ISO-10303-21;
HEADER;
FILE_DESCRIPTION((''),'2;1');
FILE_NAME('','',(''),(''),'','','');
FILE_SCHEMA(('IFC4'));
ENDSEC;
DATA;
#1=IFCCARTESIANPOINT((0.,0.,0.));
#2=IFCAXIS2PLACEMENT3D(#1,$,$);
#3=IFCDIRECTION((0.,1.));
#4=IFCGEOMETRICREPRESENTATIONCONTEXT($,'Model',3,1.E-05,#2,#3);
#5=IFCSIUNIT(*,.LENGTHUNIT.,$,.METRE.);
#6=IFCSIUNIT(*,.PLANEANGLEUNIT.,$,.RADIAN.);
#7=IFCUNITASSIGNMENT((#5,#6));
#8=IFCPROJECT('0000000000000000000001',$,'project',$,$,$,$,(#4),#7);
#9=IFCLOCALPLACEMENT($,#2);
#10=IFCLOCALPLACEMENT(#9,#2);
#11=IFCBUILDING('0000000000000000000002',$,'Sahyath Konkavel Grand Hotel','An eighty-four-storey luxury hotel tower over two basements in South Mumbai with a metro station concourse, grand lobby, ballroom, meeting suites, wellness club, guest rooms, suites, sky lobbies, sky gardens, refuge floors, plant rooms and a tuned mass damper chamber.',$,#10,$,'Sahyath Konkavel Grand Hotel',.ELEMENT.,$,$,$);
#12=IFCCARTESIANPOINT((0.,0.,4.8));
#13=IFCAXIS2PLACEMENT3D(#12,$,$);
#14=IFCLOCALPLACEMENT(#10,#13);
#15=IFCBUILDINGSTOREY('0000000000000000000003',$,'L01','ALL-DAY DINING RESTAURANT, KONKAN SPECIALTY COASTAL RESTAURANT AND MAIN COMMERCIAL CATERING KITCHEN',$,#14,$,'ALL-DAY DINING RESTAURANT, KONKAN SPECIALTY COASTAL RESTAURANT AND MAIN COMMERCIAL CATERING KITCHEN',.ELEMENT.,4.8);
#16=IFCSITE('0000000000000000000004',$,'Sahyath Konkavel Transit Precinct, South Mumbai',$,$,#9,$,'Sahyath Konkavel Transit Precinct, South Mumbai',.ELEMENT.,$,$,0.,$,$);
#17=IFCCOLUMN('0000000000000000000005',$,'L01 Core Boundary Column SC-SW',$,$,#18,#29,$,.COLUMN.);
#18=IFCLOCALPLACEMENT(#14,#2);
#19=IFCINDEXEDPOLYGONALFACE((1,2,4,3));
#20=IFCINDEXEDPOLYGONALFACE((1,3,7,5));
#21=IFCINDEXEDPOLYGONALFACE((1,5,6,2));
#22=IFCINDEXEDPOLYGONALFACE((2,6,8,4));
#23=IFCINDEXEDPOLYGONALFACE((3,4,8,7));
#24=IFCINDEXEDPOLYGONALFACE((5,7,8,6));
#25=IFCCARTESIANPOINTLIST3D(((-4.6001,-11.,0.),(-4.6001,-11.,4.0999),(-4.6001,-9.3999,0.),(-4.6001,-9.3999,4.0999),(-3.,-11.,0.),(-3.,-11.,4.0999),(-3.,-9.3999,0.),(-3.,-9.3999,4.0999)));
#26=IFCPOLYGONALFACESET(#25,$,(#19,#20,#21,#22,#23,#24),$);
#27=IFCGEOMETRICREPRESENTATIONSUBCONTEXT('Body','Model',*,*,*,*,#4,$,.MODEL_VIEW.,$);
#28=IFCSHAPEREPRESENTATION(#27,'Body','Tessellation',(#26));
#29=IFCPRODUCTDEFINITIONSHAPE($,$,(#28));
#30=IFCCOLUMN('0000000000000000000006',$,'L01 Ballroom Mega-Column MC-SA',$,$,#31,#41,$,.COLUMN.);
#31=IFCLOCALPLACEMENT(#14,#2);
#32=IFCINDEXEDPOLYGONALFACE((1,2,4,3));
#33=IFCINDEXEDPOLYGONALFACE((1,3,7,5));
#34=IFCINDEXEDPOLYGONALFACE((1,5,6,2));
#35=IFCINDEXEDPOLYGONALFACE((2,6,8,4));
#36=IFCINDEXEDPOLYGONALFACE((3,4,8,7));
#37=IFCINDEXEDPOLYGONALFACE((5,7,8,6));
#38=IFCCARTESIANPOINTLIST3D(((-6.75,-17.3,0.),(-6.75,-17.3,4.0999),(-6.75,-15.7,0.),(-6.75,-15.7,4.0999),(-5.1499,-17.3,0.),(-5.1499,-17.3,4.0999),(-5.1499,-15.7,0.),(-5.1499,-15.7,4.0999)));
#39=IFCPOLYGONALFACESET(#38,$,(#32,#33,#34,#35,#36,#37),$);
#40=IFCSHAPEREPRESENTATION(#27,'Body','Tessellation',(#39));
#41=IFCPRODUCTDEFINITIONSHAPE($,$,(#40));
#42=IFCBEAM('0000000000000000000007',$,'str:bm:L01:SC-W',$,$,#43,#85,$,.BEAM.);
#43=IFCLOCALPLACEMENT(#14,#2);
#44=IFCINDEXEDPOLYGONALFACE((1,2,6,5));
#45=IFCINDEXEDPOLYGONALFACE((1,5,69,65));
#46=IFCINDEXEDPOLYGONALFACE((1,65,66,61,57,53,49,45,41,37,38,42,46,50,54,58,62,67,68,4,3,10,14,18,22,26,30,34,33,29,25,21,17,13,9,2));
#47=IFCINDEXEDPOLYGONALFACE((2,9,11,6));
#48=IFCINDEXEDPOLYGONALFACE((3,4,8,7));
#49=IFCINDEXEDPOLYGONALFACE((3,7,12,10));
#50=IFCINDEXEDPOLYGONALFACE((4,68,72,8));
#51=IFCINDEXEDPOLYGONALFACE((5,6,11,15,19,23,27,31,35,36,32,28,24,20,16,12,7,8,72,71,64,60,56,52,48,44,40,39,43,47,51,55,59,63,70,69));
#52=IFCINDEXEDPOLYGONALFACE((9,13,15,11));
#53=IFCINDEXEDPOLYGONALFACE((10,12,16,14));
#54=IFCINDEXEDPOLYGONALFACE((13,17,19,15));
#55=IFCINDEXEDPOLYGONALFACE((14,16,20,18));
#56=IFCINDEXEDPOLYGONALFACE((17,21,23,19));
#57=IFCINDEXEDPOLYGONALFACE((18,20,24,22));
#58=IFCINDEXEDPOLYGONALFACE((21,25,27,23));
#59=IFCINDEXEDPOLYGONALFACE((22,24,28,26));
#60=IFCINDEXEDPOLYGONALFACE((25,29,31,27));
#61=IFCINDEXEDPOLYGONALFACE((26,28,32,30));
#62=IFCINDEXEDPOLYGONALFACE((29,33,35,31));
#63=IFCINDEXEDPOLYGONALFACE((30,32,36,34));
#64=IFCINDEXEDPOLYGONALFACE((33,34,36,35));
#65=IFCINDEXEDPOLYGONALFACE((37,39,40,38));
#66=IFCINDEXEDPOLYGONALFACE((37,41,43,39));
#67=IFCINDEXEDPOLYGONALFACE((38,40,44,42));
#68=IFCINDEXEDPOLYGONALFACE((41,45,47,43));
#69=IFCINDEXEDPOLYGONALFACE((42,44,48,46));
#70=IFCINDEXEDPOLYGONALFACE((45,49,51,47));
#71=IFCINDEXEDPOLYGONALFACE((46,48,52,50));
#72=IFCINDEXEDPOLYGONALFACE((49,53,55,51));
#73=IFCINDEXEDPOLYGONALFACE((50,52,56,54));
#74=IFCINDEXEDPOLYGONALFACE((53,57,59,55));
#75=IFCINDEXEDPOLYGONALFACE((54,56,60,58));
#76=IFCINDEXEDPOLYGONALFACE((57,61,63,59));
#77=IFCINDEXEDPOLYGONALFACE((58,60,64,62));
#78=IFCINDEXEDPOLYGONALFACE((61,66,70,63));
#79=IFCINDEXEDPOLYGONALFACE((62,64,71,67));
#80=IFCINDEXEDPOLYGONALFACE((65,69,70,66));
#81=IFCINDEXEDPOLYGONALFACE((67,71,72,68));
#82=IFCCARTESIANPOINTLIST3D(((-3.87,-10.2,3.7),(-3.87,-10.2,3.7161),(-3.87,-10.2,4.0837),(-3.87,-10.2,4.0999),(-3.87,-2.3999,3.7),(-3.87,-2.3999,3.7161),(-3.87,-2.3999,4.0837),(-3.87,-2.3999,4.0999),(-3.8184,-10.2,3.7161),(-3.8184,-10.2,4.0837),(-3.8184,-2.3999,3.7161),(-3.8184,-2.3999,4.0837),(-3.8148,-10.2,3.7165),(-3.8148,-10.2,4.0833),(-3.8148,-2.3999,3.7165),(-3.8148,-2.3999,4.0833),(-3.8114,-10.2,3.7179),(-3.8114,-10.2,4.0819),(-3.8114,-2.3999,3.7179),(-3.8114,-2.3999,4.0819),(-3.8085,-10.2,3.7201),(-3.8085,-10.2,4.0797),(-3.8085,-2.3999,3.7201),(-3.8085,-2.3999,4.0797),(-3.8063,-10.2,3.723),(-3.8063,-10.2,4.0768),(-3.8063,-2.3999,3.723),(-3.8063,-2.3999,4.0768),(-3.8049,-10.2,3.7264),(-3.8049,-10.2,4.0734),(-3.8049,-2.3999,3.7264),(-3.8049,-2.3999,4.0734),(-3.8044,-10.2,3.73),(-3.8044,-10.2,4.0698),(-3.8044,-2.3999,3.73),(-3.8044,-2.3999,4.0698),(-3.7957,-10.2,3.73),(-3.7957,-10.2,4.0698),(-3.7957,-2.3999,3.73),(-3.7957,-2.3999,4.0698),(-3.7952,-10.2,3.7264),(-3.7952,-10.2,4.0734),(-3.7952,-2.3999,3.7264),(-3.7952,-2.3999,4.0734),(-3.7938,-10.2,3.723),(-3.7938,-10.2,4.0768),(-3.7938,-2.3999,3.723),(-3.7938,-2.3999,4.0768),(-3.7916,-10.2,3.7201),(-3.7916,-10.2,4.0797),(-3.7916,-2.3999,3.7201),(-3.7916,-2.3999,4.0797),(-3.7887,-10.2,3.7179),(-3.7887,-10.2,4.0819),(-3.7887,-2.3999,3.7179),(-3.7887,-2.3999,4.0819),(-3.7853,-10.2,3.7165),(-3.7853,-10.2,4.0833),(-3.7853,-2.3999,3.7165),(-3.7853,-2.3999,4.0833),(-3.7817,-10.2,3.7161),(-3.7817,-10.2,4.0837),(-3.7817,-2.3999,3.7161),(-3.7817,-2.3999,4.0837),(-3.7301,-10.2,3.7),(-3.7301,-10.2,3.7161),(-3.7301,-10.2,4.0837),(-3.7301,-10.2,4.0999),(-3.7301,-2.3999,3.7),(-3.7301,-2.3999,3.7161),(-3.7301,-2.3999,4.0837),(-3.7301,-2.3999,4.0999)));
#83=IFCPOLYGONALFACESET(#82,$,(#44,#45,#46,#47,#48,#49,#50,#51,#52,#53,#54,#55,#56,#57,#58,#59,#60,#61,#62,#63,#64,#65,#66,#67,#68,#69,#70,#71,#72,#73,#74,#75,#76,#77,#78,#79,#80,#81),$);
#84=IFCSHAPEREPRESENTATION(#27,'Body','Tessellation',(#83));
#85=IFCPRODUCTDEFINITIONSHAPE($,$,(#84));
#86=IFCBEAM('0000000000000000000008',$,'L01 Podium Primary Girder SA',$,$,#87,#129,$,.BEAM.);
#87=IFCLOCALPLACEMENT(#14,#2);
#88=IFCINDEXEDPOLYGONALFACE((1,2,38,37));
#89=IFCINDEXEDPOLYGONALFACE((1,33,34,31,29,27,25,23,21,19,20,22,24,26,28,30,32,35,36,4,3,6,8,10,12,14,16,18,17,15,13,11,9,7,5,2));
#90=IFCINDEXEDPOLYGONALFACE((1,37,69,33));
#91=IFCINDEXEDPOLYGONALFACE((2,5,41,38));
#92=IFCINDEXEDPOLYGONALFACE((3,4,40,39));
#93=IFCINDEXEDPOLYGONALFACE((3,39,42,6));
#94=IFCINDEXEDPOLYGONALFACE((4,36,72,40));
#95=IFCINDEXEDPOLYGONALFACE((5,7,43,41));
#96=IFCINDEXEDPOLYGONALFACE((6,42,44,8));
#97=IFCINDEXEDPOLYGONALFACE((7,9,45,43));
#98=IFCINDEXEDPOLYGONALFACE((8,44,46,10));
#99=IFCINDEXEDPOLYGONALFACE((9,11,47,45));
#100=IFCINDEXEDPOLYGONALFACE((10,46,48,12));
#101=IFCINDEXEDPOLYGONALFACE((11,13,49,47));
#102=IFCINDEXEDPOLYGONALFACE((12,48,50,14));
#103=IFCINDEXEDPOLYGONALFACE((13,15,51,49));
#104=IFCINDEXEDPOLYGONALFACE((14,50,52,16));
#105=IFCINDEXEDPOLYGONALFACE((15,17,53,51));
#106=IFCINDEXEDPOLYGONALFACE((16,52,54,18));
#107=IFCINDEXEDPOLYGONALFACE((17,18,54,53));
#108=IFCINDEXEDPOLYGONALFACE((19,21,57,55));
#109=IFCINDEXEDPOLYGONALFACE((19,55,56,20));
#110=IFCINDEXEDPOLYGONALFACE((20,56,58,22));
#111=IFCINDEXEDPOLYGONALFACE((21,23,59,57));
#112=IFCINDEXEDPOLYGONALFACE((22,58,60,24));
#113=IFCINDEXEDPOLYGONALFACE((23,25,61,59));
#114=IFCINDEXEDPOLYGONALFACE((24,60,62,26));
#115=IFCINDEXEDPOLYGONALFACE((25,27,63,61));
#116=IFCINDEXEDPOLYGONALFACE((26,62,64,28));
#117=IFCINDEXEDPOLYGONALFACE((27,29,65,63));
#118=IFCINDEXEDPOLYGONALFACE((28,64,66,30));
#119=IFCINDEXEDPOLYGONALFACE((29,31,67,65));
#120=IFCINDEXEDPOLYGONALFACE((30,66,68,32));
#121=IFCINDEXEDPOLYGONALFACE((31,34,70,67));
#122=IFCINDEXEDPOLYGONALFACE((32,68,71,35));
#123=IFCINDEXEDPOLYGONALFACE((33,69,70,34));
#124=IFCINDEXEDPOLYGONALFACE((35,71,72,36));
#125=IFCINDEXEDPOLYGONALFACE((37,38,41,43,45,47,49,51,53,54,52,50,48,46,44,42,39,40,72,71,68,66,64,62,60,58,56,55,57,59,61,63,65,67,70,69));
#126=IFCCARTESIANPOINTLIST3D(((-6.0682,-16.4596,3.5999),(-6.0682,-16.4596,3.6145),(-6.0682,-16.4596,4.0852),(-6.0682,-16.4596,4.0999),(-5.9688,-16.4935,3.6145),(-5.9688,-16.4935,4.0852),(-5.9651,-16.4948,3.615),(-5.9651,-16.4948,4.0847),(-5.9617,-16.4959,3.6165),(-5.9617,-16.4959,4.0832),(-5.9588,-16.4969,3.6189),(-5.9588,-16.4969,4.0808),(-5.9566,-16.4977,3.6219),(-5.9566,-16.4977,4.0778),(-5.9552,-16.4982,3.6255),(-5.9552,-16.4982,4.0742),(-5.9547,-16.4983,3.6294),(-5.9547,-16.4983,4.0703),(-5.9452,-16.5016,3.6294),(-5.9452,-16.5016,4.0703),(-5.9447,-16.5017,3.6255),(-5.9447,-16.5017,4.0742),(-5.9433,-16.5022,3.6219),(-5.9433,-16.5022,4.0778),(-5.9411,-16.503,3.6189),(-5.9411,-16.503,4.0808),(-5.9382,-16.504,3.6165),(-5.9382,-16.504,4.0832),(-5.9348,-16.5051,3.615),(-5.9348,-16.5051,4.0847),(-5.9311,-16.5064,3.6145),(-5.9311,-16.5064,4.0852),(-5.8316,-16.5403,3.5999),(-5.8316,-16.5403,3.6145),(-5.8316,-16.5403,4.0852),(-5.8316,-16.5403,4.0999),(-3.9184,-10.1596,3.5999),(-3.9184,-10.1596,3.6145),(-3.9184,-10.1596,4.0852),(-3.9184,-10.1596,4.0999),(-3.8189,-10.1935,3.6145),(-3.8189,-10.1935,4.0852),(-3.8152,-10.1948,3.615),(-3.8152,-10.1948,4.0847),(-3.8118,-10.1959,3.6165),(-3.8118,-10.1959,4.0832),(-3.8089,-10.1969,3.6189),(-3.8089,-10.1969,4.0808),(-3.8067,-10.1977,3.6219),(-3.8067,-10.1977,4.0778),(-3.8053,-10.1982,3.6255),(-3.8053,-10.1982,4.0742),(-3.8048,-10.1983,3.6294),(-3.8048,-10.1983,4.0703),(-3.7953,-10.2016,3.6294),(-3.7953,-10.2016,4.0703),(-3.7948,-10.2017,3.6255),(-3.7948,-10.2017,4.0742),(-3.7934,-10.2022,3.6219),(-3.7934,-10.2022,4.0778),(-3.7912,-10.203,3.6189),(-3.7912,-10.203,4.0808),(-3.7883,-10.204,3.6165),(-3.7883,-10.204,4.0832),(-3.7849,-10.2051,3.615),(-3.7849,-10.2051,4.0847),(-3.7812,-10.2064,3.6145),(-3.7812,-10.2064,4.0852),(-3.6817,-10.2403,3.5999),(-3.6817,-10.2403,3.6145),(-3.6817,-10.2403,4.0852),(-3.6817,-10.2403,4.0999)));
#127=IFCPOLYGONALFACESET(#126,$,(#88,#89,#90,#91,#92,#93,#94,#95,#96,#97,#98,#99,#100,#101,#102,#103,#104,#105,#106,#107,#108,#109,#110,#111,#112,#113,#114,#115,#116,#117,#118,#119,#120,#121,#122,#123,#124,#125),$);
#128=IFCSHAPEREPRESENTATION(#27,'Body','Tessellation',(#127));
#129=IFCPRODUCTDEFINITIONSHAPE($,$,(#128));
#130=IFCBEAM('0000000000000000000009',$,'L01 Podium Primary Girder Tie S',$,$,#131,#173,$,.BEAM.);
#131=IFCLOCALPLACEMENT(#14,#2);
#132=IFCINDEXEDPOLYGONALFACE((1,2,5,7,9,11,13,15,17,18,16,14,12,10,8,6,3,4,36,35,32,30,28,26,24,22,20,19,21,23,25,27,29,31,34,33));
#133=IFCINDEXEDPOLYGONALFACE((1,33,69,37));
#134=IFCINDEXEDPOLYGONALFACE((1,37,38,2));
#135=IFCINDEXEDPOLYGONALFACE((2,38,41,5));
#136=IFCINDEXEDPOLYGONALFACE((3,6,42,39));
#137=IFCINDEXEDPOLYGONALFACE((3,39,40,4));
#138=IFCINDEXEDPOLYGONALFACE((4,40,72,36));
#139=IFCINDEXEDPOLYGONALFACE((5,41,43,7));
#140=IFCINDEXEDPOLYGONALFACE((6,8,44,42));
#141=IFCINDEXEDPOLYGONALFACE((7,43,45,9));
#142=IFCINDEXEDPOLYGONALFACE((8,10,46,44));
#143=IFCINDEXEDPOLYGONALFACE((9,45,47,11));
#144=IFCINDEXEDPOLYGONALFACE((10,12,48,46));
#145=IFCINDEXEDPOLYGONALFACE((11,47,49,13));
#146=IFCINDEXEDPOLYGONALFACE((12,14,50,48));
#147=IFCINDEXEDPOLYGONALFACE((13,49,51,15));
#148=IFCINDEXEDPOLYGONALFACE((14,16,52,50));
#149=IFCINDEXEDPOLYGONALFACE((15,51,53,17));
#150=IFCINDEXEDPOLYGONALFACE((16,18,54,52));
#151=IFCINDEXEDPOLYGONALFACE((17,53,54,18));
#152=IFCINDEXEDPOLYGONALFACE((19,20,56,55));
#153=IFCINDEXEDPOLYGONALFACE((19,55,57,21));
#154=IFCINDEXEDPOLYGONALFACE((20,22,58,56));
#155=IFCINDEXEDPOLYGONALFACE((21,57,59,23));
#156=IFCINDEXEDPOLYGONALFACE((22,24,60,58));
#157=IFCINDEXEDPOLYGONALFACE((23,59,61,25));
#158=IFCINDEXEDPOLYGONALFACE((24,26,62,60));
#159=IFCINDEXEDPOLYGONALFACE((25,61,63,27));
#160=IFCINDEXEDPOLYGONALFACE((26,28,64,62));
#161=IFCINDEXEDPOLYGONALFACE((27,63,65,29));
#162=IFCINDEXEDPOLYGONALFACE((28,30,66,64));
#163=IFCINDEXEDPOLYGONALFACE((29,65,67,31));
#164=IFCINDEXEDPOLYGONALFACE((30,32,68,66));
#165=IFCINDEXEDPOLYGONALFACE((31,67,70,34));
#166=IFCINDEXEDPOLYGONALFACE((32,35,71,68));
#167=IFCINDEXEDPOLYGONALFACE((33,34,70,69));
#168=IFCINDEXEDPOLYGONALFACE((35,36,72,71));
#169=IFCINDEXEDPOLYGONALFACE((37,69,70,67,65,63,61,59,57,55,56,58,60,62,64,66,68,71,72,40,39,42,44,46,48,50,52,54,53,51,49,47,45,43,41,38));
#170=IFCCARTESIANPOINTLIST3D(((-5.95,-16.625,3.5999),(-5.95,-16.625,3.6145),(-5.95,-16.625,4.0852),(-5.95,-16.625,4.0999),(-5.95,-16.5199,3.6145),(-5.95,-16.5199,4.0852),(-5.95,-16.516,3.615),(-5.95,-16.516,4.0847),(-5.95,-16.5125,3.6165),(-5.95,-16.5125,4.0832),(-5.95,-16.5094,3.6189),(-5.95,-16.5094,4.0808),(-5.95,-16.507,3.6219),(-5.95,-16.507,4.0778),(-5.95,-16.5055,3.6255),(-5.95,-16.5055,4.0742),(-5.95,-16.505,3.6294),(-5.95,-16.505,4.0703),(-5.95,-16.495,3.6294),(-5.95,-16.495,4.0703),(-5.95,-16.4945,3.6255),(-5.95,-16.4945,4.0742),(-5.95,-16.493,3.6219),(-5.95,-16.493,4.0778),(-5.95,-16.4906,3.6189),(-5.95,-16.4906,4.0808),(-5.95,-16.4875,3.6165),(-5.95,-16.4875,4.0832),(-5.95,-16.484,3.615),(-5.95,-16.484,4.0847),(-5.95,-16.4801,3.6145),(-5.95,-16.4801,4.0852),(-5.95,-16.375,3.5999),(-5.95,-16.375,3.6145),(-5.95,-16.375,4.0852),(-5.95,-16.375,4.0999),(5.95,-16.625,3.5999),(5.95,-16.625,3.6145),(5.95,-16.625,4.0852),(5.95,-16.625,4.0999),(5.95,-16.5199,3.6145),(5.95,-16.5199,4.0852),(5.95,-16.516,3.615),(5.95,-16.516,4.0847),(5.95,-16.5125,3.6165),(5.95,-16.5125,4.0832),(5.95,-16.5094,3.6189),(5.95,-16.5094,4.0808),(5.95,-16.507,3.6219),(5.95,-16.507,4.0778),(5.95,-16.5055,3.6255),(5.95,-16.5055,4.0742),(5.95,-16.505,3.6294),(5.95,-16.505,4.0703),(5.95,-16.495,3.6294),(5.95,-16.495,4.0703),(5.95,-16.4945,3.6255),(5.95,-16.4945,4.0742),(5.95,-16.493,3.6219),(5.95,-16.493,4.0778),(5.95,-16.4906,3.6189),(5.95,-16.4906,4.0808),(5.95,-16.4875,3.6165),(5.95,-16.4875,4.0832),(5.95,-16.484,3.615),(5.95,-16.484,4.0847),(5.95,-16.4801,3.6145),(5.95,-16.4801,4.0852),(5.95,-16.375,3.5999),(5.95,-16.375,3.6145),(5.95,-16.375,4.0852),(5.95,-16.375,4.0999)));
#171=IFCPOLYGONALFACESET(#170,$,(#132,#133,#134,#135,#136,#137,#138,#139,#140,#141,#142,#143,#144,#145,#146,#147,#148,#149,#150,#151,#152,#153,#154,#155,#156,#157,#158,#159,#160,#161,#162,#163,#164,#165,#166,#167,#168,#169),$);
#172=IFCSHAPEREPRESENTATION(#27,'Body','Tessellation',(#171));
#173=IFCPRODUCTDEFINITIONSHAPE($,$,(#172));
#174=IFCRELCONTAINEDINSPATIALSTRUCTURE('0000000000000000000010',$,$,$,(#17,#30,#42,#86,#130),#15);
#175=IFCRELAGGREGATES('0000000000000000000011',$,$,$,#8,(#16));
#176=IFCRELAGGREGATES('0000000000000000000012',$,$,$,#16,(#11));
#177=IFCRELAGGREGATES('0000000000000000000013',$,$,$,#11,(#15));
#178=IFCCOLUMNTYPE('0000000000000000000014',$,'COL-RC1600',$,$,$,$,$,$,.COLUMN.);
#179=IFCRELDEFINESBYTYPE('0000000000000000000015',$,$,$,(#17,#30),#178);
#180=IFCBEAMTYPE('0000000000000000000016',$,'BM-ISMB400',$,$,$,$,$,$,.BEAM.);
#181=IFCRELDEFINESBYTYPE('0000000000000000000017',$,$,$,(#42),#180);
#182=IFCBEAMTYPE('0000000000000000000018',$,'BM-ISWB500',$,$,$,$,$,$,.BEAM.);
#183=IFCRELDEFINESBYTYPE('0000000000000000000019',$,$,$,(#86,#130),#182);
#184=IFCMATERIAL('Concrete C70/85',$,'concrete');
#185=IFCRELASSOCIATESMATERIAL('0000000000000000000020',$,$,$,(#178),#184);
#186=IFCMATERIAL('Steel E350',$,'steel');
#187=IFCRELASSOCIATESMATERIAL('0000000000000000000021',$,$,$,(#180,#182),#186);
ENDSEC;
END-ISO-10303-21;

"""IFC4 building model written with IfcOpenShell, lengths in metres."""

from ifc_helpers import new_model, si_unit, direction, frame, origin, origin_2d, place, context, subcontext, project, spatial, rectangle, i_section, extrude, source, transform, mapped, material, material_profile, profile_set, type_object, element, save


model = new_model("IFC4")

# Units and contexts
model_context = context("Model", 3, precision=1e-05, world=origin(), true_north=direction((0.0, 1.0)))
body_context = subcontext(model_context, "Body", "Model", "MODEL_VIEW")
ifc_project = project(units=[si_unit("LENGTHUNIT", "METRE"), si_unit("PLANEANGLEUNIT", "RADIAN")], contexts=[model_context])

# Site, building, storey
site_placement = place(None, origin())
site = spatial("IfcSite", under=ifc_project, at=site_placement, Name="Sahyath Konkavel Transit Precinct, South Mumbai", LongName="Sahyath Konkavel Transit Precinct, South Mumbai", CompositionType="ELEMENT", RefElevation=0.0)
building_placement = place(site_placement, origin())
building = spatial("IfcBuilding", under=site, at=building_placement, Name="Sahyath Konkavel Grand Hotel", Description="An eighty-four-storey luxury hotel tower over two basements in South Mumbai with a metro station concourse, grand lobby, ballroom, meeting suites, wellness club, guest rooms, suites, sky lobbies, sky gardens, refuge floors, plant rooms and a tuned mass damper chamber.", LongName="Sahyath Konkavel Grand Hotel", CompositionType="ELEMENT")
storey_placement = place(building_placement, frame((0.0, 0.0, 4.8)))
storey = spatial("IfcBuildingStorey", under=building, at=storey_placement, Name="L01", Description="ALL-DAY DINING RESTAURANT, KONKAN SPECIALTY COASTAL RESTAURANT AND MAIN COMMERCIAL CATERING KITCHEN", LongName="ALL-DAY DINING RESTAURANT, KONKAN SPECIALTY COASTAL RESTAURANT AND MAIN COMMERCIAL CATERING KITCHEN", CompositionType="ELEMENT", Elevation=4.8)

# Columns
ifc_material_1 = material(Name="Concrete C70/85", Category="concrete")
ifc_material_profile_1 = material_profile(ifc_material_1, rectangle(XDim=1.6001, YDim=1.6001, at=origin_2d()), Name="RC 1600x1600")
ifc_profile_set_1 = profile_set([ifc_material_profile_1], Name="Concrete C70/85")
column_type = type_object("IfcColumnType", Name="COL-RC1600", PredefinedType="COLUMN", material=ifc_profile_set_1)
shared_shape_1 = source(origin(), body_context, "Body", "SweptSolid", [
    extrude(rectangle(XDim=1.6001, YDim=1.6001, at=origin_2d()), origin(), (0.0, 0.0, 1.0), 4.0999),
])
for number, where, z_axis, x_axis, name in (
    (1, (-3.8, -10.2, 0.0), (0.0, 0.0, 1.0), (1.0, 0.0, 0.0), "L01 Core Boundary Column SC-SW"),
    (2, (-5.95, -16.5, 0.0), (0.0, 0.0, 1.0), (1.0, 0.0, 0.0), "L01 Ballroom Mega-Column MC-SA"),
):
    element("IfcColumn", number, at=place(storey_placement, frame(where, z_axis=z_axis, x_axis=x_axis)), inside=storey, type_object=column_type, Name=name, PredefinedType="COLUMN", context=body_context, shape_type="MappedRepresentation", body=[
        mapped(shared_shape_1, transform((0.0, 0.0, 0.0), scale=1.0)),
    ])

# Beams
ifc_material_2 = material(Name="Steel E350", Category="steel")
ifc_material_profile_2 = material_profile(ifc_material_2, i_section(OverallWidth=0.1399, OverallDepth=0.3999, WebThickness=0.0088, FlangeThickness=0.0161, FilletRadius=0.0139, at=origin_2d()), Name="ISMB 400")
ifc_profile_set_2 = profile_set([ifc_material_profile_2], Name="Steel E350")
beam_type_1 = type_object("IfcBeamType", Name="BM-ISMB400", PredefinedType="BEAM", material=ifc_profile_set_2)
shared_shape_2 = source(origin(), body_context, "Body", "SweptSolid", [
    extrude(i_section(OverallWidth=0.1399, OverallDepth=0.3999, WebThickness=0.0088, FlangeThickness=0.0161, FilletRadius=0.0139, at=origin_2d()), origin(), (0.0, 0.0, 1.0), 7.8),
])
beam_1_placement = place(storey_placement, frame((-3.8, -10.2, 3.8999), z_axis=(0.0, 1.0, 0.0), x_axis=(-1.0, 0.0, 0.0)))
element("IfcBeam", 3, at=beam_1_placement, inside=storey, type_object=beam_type_1, Name="str:bm:L01:SC-W", PredefinedType="BEAM", context=body_context, shape_type="MappedRepresentation", body=[
    mapped(shared_shape_2, transform((0.0, 0.0, 0.0), scale=1.0)),
])
ifc_material_profile_3 = material_profile(ifc_material_2, i_section(OverallWidth=0.25, OverallDepth=0.5, WebThickness=0.01, FlangeThickness=0.0146, FilletRadius=0.0149, at=origin_2d()), Name="ISWB 500")
ifc_profile_set_3 = profile_set([ifc_material_profile_3], Name="Steel E350")
beam_type_2 = type_object("IfcBeamType", Name="BM-ISWB500", PredefinedType="BEAM", material=ifc_profile_set_3)
shared_shape_3 = source(origin(), body_context, "Body", "SweptSolid", [
    extrude(i_section(OverallWidth=0.25, OverallDepth=0.5, WebThickness=0.01, FlangeThickness=0.0146, FilletRadius=0.0149, at=origin_2d()), origin(), (0.0, 0.0, 1.0), 6.6567),
])
beam_2_placement = place(storey_placement, frame((-3.8, -10.2, 3.8499), z_axis=(-0.322964, -0.946411, 0.0), x_axis=(0.946411, -0.322964, 0.0)))
element("IfcBeam", 4, at=beam_2_placement, inside=storey, type_object=beam_type_2, Name="L01 Podium Primary Girder SA", PredefinedType="BEAM", context=body_context, shape_type="MappedRepresentation", body=[
    mapped(shared_shape_3, transform((0.0, 0.0, 0.0), scale=1.0)),
])
shared_shape_4 = source(origin(), body_context, "Body", "SweptSolid", [
    extrude(i_section(OverallWidth=0.25, OverallDepth=0.5, WebThickness=0.01, FlangeThickness=0.0146, FilletRadius=0.0149, at=origin_2d()), origin(), (0.0, 0.0, 1.0), 11.8999),
])
beam_3_placement = place(storey_placement, frame((-5.95, -16.5, 3.8499), z_axis=(1.0, 0.0, 0.0), x_axis=(0.0, 1.0, 0.0)))
element("IfcBeam", 5, at=beam_3_placement, inside=storey, type_object=beam_type_2, Name="L01 Podium Primary Girder Tie S", PredefinedType="BEAM", context=body_context, shape_type="MappedRepresentation", body=[
    mapped(shared_shape_4, transform((0.0, 0.0, 0.0), scale=1.0)),
])

save(model, "model.ifc")
